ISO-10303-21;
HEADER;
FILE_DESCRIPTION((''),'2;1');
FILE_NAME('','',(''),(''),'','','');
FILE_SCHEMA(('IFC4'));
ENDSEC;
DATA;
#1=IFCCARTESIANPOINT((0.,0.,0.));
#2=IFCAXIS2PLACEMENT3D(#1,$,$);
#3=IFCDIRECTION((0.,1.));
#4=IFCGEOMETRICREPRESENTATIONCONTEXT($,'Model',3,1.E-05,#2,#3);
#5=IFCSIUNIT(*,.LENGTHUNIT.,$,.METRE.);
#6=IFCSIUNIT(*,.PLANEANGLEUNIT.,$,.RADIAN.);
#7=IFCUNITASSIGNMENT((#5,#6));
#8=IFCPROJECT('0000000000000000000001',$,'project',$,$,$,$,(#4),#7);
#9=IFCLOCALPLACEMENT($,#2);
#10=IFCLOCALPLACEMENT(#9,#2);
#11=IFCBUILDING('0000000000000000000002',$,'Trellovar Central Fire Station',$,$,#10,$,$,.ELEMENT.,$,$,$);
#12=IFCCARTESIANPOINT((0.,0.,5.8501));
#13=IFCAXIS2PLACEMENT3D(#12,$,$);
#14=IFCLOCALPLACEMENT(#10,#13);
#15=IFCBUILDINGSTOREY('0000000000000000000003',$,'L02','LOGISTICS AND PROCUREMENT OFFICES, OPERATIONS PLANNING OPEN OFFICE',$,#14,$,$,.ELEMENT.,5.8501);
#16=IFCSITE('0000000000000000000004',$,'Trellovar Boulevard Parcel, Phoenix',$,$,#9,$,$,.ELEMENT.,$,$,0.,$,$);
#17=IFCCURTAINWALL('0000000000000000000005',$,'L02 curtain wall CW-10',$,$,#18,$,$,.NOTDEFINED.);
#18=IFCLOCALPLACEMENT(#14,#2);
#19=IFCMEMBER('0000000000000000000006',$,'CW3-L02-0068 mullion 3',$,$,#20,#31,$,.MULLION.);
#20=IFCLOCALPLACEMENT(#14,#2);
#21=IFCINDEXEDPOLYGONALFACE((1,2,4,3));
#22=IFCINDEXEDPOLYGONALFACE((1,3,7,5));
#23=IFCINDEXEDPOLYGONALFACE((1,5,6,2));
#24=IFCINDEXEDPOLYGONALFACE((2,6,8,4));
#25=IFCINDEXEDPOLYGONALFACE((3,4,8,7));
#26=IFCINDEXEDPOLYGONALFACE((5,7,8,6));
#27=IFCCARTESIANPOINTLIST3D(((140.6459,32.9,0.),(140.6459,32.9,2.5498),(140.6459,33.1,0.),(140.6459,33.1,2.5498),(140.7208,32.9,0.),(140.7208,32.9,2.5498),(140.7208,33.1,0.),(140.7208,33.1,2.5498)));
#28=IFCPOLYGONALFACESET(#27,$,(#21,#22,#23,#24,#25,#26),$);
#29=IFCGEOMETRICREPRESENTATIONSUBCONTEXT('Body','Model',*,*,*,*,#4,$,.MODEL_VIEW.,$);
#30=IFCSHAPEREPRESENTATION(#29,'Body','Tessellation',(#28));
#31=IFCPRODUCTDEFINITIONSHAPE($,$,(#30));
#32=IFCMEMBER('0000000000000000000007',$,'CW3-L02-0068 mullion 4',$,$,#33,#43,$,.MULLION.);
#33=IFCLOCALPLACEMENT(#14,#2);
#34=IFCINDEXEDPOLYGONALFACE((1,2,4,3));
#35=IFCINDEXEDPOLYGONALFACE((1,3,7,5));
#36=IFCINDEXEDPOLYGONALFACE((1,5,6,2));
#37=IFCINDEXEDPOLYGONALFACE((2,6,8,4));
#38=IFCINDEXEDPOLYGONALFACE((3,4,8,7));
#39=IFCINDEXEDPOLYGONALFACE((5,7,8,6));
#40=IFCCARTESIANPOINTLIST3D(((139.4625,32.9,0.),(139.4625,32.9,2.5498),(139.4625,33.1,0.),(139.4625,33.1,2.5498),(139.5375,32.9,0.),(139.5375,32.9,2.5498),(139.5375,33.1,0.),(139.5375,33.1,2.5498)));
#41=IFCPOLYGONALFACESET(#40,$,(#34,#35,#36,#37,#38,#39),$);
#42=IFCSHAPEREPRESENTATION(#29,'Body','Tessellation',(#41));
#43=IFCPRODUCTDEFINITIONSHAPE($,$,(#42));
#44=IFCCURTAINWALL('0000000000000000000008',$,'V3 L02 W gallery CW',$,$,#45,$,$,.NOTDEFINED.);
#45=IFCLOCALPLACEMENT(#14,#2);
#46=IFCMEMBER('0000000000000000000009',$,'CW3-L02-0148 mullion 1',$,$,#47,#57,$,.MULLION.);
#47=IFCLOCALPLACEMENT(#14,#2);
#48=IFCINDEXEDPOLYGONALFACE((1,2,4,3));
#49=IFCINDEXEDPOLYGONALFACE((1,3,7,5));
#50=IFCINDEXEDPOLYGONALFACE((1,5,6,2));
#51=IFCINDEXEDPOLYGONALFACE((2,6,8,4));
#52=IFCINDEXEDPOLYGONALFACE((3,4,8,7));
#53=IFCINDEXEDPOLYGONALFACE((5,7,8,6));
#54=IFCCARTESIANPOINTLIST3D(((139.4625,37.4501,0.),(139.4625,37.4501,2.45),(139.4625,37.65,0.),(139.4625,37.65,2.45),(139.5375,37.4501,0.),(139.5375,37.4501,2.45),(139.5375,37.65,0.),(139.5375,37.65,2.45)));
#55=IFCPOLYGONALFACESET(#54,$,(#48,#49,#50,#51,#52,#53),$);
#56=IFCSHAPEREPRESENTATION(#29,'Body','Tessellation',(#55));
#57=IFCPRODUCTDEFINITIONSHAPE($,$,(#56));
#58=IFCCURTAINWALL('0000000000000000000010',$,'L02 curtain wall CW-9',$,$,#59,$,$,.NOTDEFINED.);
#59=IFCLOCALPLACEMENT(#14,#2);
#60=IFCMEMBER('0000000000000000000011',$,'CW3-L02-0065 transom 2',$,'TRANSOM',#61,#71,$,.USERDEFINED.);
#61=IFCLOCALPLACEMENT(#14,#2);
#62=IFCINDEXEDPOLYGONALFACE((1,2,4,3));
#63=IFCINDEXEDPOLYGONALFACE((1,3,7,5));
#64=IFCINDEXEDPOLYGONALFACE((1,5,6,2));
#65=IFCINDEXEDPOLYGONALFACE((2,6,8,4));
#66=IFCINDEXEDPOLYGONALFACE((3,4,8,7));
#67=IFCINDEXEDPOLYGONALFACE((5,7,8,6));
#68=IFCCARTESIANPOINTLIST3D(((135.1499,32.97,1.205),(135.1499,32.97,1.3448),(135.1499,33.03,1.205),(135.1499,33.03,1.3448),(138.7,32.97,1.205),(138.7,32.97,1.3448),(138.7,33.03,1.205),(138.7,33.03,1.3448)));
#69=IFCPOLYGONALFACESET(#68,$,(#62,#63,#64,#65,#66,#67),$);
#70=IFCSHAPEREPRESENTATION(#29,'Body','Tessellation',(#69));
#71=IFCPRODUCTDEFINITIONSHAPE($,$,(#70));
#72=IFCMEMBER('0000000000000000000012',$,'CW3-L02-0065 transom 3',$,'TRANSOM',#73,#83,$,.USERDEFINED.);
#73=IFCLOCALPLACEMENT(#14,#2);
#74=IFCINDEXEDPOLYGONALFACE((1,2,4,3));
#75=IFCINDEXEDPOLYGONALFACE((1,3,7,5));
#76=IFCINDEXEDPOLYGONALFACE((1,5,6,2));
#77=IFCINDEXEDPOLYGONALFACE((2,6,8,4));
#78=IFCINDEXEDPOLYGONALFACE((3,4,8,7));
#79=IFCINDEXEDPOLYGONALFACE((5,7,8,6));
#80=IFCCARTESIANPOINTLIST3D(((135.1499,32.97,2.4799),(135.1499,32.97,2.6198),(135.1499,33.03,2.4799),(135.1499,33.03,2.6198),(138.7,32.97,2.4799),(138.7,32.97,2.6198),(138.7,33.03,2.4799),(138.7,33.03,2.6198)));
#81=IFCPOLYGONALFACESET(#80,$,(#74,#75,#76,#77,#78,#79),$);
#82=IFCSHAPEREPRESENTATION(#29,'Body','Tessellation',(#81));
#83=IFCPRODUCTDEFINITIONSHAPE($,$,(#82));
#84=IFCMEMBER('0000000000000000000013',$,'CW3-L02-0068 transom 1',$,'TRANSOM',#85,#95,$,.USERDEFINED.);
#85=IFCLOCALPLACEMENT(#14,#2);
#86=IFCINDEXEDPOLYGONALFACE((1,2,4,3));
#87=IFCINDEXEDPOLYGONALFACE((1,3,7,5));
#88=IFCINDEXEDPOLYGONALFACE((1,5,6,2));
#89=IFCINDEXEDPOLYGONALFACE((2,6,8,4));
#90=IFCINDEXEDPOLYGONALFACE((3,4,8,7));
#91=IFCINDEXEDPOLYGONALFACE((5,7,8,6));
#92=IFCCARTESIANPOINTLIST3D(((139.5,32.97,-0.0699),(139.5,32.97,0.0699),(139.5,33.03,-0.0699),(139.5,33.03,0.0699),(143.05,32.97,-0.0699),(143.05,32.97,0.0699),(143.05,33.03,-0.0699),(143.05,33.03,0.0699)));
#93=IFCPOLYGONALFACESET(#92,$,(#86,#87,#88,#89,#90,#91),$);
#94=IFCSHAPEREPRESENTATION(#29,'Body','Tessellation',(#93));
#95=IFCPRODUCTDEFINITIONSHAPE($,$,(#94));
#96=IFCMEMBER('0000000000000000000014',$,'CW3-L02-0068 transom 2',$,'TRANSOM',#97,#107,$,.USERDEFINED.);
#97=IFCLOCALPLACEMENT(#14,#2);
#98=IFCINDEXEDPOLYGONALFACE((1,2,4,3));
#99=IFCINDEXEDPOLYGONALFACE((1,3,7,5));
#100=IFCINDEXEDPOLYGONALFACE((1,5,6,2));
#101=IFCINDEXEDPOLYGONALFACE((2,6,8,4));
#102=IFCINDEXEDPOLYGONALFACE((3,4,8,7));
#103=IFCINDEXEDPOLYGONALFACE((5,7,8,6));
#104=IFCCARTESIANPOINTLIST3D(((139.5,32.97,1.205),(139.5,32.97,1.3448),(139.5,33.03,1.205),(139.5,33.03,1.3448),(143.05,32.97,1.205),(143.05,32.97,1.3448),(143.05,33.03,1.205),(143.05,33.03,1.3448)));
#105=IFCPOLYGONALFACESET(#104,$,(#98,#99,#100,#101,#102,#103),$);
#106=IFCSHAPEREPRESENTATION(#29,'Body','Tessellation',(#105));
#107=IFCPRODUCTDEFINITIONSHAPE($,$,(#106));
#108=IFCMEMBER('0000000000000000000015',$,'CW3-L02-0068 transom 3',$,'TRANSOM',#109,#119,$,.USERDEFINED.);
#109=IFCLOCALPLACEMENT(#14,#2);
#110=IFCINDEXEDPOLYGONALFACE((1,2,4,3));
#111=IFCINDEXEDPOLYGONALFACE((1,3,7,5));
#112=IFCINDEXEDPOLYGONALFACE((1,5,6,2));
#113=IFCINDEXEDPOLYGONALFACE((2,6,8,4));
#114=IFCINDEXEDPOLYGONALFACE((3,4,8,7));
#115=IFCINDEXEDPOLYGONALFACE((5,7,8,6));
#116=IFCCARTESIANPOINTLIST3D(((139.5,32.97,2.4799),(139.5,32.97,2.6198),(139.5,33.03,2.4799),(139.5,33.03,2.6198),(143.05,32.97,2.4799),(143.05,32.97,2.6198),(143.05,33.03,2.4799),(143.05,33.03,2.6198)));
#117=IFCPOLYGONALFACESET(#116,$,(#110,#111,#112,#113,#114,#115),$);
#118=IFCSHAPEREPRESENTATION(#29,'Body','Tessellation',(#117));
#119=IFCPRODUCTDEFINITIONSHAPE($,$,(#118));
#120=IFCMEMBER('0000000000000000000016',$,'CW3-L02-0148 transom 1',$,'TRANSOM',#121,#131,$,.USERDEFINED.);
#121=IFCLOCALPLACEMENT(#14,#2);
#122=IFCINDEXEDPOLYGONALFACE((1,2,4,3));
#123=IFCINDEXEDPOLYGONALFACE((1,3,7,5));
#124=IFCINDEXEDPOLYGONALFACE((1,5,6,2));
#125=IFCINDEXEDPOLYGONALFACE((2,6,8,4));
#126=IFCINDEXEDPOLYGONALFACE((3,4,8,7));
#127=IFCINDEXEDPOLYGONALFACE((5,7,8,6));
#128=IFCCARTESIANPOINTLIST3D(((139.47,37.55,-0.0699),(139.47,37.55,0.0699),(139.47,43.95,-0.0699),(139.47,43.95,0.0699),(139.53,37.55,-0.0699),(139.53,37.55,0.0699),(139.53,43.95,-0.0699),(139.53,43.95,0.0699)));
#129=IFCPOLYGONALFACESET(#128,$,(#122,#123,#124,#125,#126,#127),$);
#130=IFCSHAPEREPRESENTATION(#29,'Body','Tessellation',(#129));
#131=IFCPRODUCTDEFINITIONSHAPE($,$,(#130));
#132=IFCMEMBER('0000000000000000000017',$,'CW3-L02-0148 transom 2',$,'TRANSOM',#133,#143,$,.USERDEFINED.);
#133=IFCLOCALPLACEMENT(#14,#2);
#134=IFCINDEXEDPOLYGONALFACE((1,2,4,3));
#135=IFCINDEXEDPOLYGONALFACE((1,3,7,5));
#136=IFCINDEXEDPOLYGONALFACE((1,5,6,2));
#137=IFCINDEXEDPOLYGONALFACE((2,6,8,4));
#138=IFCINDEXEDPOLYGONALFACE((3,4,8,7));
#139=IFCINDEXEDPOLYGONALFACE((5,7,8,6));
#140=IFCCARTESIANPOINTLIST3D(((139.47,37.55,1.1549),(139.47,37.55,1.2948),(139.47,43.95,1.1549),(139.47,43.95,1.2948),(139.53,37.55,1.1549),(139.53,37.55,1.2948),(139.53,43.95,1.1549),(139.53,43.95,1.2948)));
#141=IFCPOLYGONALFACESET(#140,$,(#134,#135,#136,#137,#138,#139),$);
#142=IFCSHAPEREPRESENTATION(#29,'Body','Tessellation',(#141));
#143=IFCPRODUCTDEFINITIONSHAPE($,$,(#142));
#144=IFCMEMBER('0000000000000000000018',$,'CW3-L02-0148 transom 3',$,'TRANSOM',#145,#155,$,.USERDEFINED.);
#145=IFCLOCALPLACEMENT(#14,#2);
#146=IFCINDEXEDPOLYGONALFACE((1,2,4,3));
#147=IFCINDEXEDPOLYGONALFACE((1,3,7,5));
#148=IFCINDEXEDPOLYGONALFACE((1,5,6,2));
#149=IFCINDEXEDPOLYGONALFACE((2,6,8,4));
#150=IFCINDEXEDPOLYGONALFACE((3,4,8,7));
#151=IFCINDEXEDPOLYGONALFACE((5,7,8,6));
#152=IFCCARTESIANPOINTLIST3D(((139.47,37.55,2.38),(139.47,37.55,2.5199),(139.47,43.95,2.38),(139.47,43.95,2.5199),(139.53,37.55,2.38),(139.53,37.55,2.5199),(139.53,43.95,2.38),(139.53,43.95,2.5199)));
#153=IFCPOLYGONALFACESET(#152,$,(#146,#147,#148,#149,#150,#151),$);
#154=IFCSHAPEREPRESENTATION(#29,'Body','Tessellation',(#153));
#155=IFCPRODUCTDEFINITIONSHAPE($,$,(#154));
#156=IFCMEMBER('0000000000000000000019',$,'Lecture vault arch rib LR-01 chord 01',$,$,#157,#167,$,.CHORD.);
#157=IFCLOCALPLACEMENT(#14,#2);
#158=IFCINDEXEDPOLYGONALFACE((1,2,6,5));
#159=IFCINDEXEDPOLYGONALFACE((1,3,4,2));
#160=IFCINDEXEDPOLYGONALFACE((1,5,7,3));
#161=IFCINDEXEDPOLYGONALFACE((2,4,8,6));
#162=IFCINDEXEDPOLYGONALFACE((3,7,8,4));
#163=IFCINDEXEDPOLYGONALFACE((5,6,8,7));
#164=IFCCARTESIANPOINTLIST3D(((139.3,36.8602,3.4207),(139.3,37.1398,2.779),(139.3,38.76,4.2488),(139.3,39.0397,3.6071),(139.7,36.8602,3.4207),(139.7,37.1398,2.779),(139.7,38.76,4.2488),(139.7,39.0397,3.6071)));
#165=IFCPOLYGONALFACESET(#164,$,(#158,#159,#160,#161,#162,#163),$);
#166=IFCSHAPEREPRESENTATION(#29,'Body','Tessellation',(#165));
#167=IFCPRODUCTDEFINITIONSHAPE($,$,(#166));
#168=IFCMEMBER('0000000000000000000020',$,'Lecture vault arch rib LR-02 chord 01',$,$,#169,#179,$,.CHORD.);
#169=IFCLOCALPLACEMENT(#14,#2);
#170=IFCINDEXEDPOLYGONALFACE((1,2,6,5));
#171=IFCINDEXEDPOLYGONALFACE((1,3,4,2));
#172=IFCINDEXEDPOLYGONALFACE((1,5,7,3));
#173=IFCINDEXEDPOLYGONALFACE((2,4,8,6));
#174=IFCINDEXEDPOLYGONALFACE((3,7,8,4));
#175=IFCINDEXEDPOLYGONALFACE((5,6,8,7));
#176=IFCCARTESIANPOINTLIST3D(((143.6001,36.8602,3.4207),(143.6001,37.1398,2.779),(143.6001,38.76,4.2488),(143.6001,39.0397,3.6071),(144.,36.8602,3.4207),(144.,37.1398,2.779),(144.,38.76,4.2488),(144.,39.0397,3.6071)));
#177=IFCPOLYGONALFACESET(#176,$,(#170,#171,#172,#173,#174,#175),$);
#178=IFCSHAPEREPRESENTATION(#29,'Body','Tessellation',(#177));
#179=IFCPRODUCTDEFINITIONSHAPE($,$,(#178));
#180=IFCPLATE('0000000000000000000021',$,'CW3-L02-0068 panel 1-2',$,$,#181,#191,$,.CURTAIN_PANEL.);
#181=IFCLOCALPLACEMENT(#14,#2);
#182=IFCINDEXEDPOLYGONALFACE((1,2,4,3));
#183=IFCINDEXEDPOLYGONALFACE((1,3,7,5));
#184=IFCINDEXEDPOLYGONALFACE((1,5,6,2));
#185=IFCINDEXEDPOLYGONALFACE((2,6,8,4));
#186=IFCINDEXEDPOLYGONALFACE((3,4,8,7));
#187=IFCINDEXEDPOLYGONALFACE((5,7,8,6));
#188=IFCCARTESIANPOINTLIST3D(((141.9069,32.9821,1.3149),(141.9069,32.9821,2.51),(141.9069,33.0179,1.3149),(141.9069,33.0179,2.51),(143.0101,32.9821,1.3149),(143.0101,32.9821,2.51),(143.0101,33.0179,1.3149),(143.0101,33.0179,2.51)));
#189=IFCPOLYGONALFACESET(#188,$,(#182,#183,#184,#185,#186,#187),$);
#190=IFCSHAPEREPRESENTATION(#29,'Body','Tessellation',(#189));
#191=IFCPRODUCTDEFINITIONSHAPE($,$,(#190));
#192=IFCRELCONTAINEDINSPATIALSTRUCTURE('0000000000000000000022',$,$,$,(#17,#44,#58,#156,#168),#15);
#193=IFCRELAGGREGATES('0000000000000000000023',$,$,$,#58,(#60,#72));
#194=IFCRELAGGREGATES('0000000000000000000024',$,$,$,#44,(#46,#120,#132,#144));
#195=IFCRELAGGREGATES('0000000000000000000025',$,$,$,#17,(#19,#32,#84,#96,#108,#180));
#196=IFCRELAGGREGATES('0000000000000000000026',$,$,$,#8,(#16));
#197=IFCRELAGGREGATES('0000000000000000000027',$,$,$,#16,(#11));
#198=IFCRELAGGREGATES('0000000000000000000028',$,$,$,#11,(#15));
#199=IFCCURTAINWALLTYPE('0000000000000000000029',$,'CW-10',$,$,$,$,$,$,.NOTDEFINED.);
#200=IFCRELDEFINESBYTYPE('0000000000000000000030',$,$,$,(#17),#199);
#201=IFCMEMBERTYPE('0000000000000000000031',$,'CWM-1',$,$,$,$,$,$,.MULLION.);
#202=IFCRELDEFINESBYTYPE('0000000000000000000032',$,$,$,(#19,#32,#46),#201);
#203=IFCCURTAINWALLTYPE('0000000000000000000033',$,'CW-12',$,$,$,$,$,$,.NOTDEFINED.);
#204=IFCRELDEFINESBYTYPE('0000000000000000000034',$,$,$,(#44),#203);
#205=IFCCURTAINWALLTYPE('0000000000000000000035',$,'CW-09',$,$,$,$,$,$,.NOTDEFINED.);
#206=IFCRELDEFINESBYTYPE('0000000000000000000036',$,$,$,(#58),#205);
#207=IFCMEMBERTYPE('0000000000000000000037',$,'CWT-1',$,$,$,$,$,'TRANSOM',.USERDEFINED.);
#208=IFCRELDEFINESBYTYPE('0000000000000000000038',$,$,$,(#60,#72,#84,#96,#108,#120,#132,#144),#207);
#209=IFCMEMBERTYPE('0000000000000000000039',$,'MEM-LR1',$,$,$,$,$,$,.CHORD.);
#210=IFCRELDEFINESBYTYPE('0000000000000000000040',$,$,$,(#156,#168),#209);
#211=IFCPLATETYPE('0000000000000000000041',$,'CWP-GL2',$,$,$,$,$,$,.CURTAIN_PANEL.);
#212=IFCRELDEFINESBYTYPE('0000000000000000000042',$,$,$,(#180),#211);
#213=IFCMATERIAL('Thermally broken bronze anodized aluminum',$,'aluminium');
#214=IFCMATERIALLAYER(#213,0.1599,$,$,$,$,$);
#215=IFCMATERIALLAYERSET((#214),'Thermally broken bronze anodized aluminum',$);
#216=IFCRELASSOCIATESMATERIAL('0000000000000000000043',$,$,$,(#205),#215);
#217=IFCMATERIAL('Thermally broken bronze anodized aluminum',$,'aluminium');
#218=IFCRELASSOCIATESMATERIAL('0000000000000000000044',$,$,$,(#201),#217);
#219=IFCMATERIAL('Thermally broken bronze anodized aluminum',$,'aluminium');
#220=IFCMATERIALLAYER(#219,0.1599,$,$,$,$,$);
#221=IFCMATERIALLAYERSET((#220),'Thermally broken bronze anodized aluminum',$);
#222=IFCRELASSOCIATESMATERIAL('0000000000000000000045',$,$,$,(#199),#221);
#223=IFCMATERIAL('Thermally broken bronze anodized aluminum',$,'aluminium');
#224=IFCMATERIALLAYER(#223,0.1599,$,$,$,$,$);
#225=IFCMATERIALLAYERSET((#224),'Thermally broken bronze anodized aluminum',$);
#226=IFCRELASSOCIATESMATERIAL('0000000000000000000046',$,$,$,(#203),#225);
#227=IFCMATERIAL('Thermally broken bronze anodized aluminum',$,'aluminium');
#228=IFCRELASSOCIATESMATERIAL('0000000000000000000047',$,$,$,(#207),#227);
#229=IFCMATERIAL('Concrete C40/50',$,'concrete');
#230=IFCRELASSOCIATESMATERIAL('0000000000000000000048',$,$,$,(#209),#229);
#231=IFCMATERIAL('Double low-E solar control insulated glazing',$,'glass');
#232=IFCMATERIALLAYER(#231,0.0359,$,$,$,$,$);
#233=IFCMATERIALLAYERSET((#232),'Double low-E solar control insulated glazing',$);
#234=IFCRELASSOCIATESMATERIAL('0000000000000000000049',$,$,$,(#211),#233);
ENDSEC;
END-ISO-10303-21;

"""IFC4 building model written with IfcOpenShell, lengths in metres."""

from ifc_helpers import new_model, si_unit, direction, frame, origin, origin_2d, place, context, subcontext, project, spatial, rectangle, extrude, material, layer, layer_set, material_profile, profile_set, type_object, element, aggregate, save


model = new_model("IFC4")

# Units and contexts
model_context = context("Model", 3, precision=1e-05, world=origin(), true_north=direction((0.0, 1.0)))
body_context = subcontext(model_context, "Body", "Model", "MODEL_VIEW")
ifc_project = project(units=[si_unit("LENGTHUNIT", "METRE"), si_unit("PLANEANGLEUNIT", "RADIAN")], contexts=[model_context])

# Site, building, storey
site_placement = place(None, origin())
site = spatial("IfcSite", under=ifc_project, at=site_placement, Name="Trellovar Boulevard Parcel, Phoenix", CompositionType="ELEMENT", RefElevation=0.0)
building_placement = place(site_placement, origin())
building = spatial("IfcBuilding", under=site, at=building_placement, Name="Trellovar Central Fire Station", CompositionType="ELEMENT")
storey_placement = place(building_placement, frame((0.0, 0.0, 5.8501)))
storey = spatial("IfcBuildingStorey", under=building, at=storey_placement, Name="L02", Description="LOGISTICS AND PROCUREMENT OFFICES, OPERATIONS PLANNING OPEN OFFICE", CompositionType="ELEMENT", Elevation=5.8501)

# Shared definitions
ifc_material_1 = material(Name="Thermally broken bronze anodized aluminum", Category="aluminium")
ifc_layer_1 = layer(ifc_material_1, 0.1599)
ifc_layer_set_1 = layer_set([ifc_layer_1], Name="Thermally broken bronze anodized aluminum")
curtain_wall_type_1 = type_object("IfcCurtainWallType", Name="CW-09", PredefinedType="NOTDEFINED", material=ifc_layer_set_1)
ifc_material_2 = material(Name="Thermally broken bronze anodized aluminum", Category="aluminium")
ifc_material_profile_1 = material_profile(ifc_material_2, rectangle(XDim=0.075, YDim=0.2, at=origin_2d()), Name="ALU75X200")
ifc_profile_set_1 = profile_set([ifc_material_profile_1], Name="Thermally broken bronze anodized aluminum")
member_type_1 = type_object("IfcMemberType", Name="CWM-1", PredefinedType="MULLION", material=ifc_profile_set_1)

# Curtain wall, members
ifc_material_3 = material(Name="Thermally broken bronze anodized aluminum", Category="aluminium")
ifc_layer_2 = layer(ifc_material_3, 0.1599)
ifc_layer_set_2 = layer_set([ifc_layer_2], Name="Thermally broken bronze anodized aluminum")
curtain_wall_type_2 = type_object("IfcCurtainWallType", Name="CW-10", PredefinedType="NOTDEFINED", material=ifc_layer_set_2)
curtain_wall_1_placement = place(storey_placement, origin())
curtain_wall_1 = element("IfcCurtainWall", 1, at=curtain_wall_1_placement, inside=storey, type_object=curtain_wall_type_2, Name="L02 curtain wall CW-10", PredefinedType="NOTDEFINED")
member_1_placement = place(storey_placement, frame((140.6833, 33.0, 0.0), z_axis=(0.0, 0.0, 1.0), x_axis=(1.0, 0.0, 0.0)))
member_1 = element("IfcMember", 2, at=member_1_placement, type_object=member_type_1, Name="CW3-L02-0068 mullion 3", PredefinedType="MULLION", context=body_context, shape_type="SweptSolid", body=[
    extrude(rectangle(XDim=0.075, YDim=0.2, at=origin_2d()), origin(), (0.0, 0.0, 1.0), 2.5498),
])
member_2_placement = place(storey_placement, frame((139.5, 33.0, 0.0), z_axis=(0.0, 0.0, 1.0), x_axis=(1.0, 0.0, 0.0)))
member_2 = element("IfcMember", 3, at=member_2_placement, type_object=member_type_1, Name="CW3-L02-0068 mullion 4", PredefinedType="MULLION", context=body_context, shape_type="SweptSolid", body=[
    extrude(rectangle(XDim=0.075, YDim=0.2, at=origin_2d()), origin(), (0.0, 0.0, 1.0), 2.5498),
])

# Curtain wall, member
ifc_material_4 = material(Name="Thermally broken bronze anodized aluminum", Category="aluminium")
ifc_layer_3 = layer(ifc_material_4, 0.1599)
ifc_layer_set_3 = layer_set([ifc_layer_3], Name="Thermally broken bronze anodized aluminum")
curtain_wall_type_3 = type_object("IfcCurtainWallType", Name="CW-12", PredefinedType="NOTDEFINED", material=ifc_layer_set_3)
curtain_wall_2_placement = place(storey_placement, origin())
curtain_wall_2 = element("IfcCurtainWall", 4, at=curtain_wall_2_placement, inside=storey, type_object=curtain_wall_type_3, Name="V3 L02 W gallery CW", PredefinedType="NOTDEFINED")
member_3_placement = place(storey_placement, frame((139.5, 37.55, 0.0), z_axis=(0.0, 0.0, 1.0), x_axis=(1.0, 0.0, 0.0)))
member_3 = element("IfcMember", 5, at=member_3_placement, type_object=member_type_1, Name="CW3-L02-0148 mullion 1", PredefinedType="MULLION", context=body_context, shape_type="SweptSolid", body=[
    extrude(rectangle(XDim=0.075, YDim=0.2, at=origin_2d()), origin(), (0.0, 0.0, 1.0), 2.45),
])

# Curtain wall, members
curtain_wall_3_placement = place(storey_placement, origin())
curtain_wall_3 = element("IfcCurtainWall", 6, at=curtain_wall_3_placement, inside=storey, type_object=curtain_wall_type_1, Name="L02 curtain wall CW-9", PredefinedType="NOTDEFINED")
ifc_material_5 = material(Name="Thermally broken bronze anodized aluminum", Category="aluminium")
ifc_material_profile_2 = material_profile(ifc_material_5, rectangle(XDim=0.0601, YDim=0.1399, at=origin_2d()), Name="ALU60X140")
ifc_profile_set_2 = profile_set([ifc_material_profile_2], Name="Thermally broken bronze anodized aluminum")
member_type_2 = type_object("IfcMemberType", Name="CWT-1", ElementType="TRANSOM", PredefinedType="USERDEFINED", material=ifc_profile_set_2)
member_4_placement = place(storey_placement, frame((138.7, 33.0, 1.2749), z_axis=(-1.0, 0.0, 0.0), x_axis=(0.0, -1.0, 0.0)))
member_4 = element("IfcMember", 7, at=member_4_placement, type_object=member_type_2, Name="CW3-L02-0065 transom 2", ObjectType="TRANSOM", PredefinedType="USERDEFINED", context=body_context, shape_type="SweptSolid", body=[
    extrude(rectangle(XDim=0.0601, YDim=0.1399, at=origin_2d()), origin(), (0.0, 0.0, 1.0), 3.55),
])
member_5_placement = place(storey_placement, frame((138.7, 33.0, 2.5498), z_axis=(-1.0, 0.0, 0.0), x_axis=(0.0, -1.0, 0.0)))
member_5 = element("IfcMember", 8, at=member_5_placement, type_object=member_type_2, Name="CW3-L02-0065 transom 3", ObjectType="TRANSOM", PredefinedType="USERDEFINED", context=body_context, shape_type="SweptSolid", body=[
    extrude(rectangle(XDim=0.0601, YDim=0.1399, at=origin_2d()), origin(), (0.0, 0.0, 1.0), 3.55),
])
aggregate(curtain_wall_3, [member_4, member_5])

# Members
member_6_placement = place(storey_placement, frame((143.05, 33.0, 0.0), z_axis=(-1.0, 0.0, 0.0), x_axis=(0.0, -1.0, 0.0)))
member_6 = element("IfcMember", 9, at=member_6_placement, type_object=member_type_2, Name="CW3-L02-0068 transom 1", ObjectType="TRANSOM", PredefinedType="USERDEFINED", context=body_context, shape_type="SweptSolid", body=[
    extrude(rectangle(XDim=0.0601, YDim=0.1399, at=origin_2d()), origin(), (0.0, 0.0, 1.0), 3.55),
])
member_7_placement = place(storey_placement, frame((143.05, 33.0, 1.2749), z_axis=(-1.0, 0.0, 0.0), x_axis=(0.0, -1.0, 0.0)))
member_7 = element("IfcMember", 10, at=member_7_placement, type_object=member_type_2, Name="CW3-L02-0068 transom 2", ObjectType="TRANSOM", PredefinedType="USERDEFINED", context=body_context, shape_type="SweptSolid", body=[
    extrude(rectangle(XDim=0.0601, YDim=0.1399, at=origin_2d()), origin(), (0.0, 0.0, 1.0), 3.55),
])
member_8_placement = place(storey_placement, frame((143.05, 33.0, 2.5498), z_axis=(-1.0, 0.0, 0.0), x_axis=(0.0, -1.0, 0.0)))
member_8 = element("IfcMember", 11, at=member_8_placement, type_object=member_type_2, Name="CW3-L02-0068 transom 3", ObjectType="TRANSOM", PredefinedType="USERDEFINED", context=body_context, shape_type="SweptSolid", body=[
    extrude(rectangle(XDim=0.0601, YDim=0.1399, at=origin_2d()), origin(), (0.0, 0.0, 1.0), 3.55),
])
member_9_placement = place(storey_placement, frame((139.5, 37.55, 0.0), z_axis=(0.0, 1.0, 0.0), x_axis=(-1.0, 0.0, 0.0)))
member_9 = element("IfcMember", 12, at=member_9_placement, type_object=member_type_2, Name="CW3-L02-0148 transom 1", ObjectType="TRANSOM", PredefinedType="USERDEFINED", context=body_context, shape_type="SweptSolid", body=[
    extrude(rectangle(XDim=0.0601, YDim=0.1399, at=origin_2d()), origin(), (0.0, 0.0, 1.0), 6.3999),
])
member_10_placement = place(storey_placement, frame((139.5, 37.55, 1.2249), z_axis=(0.0, 1.0, 0.0), x_axis=(-1.0, 0.0, 0.0)))
member_10 = element("IfcMember", 13, at=member_10_placement, type_object=member_type_2, Name="CW3-L02-0148 transom 2", ObjectType="TRANSOM", PredefinedType="USERDEFINED", context=body_context, shape_type="SweptSolid", body=[
    extrude(rectangle(XDim=0.0601, YDim=0.1399, at=origin_2d()), origin(), (0.0, 0.0, 1.0), 6.3999),
])
member_11_placement = place(storey_placement, frame((139.5, 37.55, 2.45), z_axis=(0.0, 1.0, 0.0), x_axis=(-1.0, 0.0, 0.0)))
member_11 = element("IfcMember", 14, at=member_11_placement, type_object=member_type_2, Name="CW3-L02-0148 transom 3", ObjectType="TRANSOM", PredefinedType="USERDEFINED", context=body_context, shape_type="SweptSolid", body=[
    extrude(rectangle(XDim=0.0601, YDim=0.1399, at=origin_2d()), origin(), (0.0, 0.0, 1.0), 6.3999),
])

# Members
ifc_material_6 = material(Name="Concrete C40/50", Category="concrete")
ifc_material_profile_3 = material_profile(ifc_material_6, rectangle(XDim=0.3999, YDim=0.7, at=origin_2d()), Name="RC400X700")
ifc_profile_set_3 = profile_set([ifc_material_profile_3], Name="Concrete C40/50")
member_type_3 = type_object("IfcMemberType", Name="MEM-LR1", PredefinedType="CHORD", material=ifc_profile_set_3)
for number, where, z_axis, x_axis, name in (
    (15, (139.5, 37.0, 3.0999), (0.0, 0.916703, 0.39957), (-1.0, 0.0, 0.0), "Lecture vault arch rib LR-01 chord 01"),
    (16, (143.8, 37.0, 3.0999), (0.0, 0.916703, 0.39957), (-1.0, 0.0, 0.0), "Lecture vault arch rib LR-02 chord 01"),
):
    element("IfcMember", number, at=place(storey_placement, frame(where, z_axis=z_axis, x_axis=x_axis)), inside=storey, type_object=member_type_3, Name=name, PredefinedType="CHORD", context=body_context, shape_type="SweptSolid", body=[
        extrude(rectangle(XDim=0.3999, YDim=0.7, at=origin_2d()), origin(), (0.0, 0.0, 1.0), 2.0725),
    ])

# Plate
ifc_material_7 = material(Name="Double low-E solar control insulated glazing", Category="glass")
ifc_layer_4 = layer(ifc_material_7, 0.0359)
ifc_layer_set_4 = layer_set([ifc_layer_4], Name="Double low-E solar control insulated glazing")
plate_type_1 = type_object("IfcPlateType", Name="CWP-GL2", PredefinedType="CURTAIN_PANEL", material=ifc_layer_set_4)
plate_1_placement = place(storey_placement, frame((142.4585, 33.0, 1.3149), z_axis=(0.0, 0.0, 1.0), x_axis=(-1.0, 0.0, 0.0)))
plate_1 = element("IfcPlate", 17, at=plate_1_placement, type_object=plate_type_1, Name="CW3-L02-0068 panel 1-2", PredefinedType="CURTAIN_PANEL", context=body_context, shape_type="SweptSolid", body=[
    extrude(rectangle(XDim=1.1033, YDim=0.0359, at=origin_2d()), origin(), (0.0, 0.0, 1.0), 1.1951),
])
aggregate(curtain_wall_2, [member_3, member_9, member_10, member_11])
aggregate(curtain_wall_1, [member_1, member_2, member_6, member_7, member_8, plate_1])

save(model, "model.ifc")
